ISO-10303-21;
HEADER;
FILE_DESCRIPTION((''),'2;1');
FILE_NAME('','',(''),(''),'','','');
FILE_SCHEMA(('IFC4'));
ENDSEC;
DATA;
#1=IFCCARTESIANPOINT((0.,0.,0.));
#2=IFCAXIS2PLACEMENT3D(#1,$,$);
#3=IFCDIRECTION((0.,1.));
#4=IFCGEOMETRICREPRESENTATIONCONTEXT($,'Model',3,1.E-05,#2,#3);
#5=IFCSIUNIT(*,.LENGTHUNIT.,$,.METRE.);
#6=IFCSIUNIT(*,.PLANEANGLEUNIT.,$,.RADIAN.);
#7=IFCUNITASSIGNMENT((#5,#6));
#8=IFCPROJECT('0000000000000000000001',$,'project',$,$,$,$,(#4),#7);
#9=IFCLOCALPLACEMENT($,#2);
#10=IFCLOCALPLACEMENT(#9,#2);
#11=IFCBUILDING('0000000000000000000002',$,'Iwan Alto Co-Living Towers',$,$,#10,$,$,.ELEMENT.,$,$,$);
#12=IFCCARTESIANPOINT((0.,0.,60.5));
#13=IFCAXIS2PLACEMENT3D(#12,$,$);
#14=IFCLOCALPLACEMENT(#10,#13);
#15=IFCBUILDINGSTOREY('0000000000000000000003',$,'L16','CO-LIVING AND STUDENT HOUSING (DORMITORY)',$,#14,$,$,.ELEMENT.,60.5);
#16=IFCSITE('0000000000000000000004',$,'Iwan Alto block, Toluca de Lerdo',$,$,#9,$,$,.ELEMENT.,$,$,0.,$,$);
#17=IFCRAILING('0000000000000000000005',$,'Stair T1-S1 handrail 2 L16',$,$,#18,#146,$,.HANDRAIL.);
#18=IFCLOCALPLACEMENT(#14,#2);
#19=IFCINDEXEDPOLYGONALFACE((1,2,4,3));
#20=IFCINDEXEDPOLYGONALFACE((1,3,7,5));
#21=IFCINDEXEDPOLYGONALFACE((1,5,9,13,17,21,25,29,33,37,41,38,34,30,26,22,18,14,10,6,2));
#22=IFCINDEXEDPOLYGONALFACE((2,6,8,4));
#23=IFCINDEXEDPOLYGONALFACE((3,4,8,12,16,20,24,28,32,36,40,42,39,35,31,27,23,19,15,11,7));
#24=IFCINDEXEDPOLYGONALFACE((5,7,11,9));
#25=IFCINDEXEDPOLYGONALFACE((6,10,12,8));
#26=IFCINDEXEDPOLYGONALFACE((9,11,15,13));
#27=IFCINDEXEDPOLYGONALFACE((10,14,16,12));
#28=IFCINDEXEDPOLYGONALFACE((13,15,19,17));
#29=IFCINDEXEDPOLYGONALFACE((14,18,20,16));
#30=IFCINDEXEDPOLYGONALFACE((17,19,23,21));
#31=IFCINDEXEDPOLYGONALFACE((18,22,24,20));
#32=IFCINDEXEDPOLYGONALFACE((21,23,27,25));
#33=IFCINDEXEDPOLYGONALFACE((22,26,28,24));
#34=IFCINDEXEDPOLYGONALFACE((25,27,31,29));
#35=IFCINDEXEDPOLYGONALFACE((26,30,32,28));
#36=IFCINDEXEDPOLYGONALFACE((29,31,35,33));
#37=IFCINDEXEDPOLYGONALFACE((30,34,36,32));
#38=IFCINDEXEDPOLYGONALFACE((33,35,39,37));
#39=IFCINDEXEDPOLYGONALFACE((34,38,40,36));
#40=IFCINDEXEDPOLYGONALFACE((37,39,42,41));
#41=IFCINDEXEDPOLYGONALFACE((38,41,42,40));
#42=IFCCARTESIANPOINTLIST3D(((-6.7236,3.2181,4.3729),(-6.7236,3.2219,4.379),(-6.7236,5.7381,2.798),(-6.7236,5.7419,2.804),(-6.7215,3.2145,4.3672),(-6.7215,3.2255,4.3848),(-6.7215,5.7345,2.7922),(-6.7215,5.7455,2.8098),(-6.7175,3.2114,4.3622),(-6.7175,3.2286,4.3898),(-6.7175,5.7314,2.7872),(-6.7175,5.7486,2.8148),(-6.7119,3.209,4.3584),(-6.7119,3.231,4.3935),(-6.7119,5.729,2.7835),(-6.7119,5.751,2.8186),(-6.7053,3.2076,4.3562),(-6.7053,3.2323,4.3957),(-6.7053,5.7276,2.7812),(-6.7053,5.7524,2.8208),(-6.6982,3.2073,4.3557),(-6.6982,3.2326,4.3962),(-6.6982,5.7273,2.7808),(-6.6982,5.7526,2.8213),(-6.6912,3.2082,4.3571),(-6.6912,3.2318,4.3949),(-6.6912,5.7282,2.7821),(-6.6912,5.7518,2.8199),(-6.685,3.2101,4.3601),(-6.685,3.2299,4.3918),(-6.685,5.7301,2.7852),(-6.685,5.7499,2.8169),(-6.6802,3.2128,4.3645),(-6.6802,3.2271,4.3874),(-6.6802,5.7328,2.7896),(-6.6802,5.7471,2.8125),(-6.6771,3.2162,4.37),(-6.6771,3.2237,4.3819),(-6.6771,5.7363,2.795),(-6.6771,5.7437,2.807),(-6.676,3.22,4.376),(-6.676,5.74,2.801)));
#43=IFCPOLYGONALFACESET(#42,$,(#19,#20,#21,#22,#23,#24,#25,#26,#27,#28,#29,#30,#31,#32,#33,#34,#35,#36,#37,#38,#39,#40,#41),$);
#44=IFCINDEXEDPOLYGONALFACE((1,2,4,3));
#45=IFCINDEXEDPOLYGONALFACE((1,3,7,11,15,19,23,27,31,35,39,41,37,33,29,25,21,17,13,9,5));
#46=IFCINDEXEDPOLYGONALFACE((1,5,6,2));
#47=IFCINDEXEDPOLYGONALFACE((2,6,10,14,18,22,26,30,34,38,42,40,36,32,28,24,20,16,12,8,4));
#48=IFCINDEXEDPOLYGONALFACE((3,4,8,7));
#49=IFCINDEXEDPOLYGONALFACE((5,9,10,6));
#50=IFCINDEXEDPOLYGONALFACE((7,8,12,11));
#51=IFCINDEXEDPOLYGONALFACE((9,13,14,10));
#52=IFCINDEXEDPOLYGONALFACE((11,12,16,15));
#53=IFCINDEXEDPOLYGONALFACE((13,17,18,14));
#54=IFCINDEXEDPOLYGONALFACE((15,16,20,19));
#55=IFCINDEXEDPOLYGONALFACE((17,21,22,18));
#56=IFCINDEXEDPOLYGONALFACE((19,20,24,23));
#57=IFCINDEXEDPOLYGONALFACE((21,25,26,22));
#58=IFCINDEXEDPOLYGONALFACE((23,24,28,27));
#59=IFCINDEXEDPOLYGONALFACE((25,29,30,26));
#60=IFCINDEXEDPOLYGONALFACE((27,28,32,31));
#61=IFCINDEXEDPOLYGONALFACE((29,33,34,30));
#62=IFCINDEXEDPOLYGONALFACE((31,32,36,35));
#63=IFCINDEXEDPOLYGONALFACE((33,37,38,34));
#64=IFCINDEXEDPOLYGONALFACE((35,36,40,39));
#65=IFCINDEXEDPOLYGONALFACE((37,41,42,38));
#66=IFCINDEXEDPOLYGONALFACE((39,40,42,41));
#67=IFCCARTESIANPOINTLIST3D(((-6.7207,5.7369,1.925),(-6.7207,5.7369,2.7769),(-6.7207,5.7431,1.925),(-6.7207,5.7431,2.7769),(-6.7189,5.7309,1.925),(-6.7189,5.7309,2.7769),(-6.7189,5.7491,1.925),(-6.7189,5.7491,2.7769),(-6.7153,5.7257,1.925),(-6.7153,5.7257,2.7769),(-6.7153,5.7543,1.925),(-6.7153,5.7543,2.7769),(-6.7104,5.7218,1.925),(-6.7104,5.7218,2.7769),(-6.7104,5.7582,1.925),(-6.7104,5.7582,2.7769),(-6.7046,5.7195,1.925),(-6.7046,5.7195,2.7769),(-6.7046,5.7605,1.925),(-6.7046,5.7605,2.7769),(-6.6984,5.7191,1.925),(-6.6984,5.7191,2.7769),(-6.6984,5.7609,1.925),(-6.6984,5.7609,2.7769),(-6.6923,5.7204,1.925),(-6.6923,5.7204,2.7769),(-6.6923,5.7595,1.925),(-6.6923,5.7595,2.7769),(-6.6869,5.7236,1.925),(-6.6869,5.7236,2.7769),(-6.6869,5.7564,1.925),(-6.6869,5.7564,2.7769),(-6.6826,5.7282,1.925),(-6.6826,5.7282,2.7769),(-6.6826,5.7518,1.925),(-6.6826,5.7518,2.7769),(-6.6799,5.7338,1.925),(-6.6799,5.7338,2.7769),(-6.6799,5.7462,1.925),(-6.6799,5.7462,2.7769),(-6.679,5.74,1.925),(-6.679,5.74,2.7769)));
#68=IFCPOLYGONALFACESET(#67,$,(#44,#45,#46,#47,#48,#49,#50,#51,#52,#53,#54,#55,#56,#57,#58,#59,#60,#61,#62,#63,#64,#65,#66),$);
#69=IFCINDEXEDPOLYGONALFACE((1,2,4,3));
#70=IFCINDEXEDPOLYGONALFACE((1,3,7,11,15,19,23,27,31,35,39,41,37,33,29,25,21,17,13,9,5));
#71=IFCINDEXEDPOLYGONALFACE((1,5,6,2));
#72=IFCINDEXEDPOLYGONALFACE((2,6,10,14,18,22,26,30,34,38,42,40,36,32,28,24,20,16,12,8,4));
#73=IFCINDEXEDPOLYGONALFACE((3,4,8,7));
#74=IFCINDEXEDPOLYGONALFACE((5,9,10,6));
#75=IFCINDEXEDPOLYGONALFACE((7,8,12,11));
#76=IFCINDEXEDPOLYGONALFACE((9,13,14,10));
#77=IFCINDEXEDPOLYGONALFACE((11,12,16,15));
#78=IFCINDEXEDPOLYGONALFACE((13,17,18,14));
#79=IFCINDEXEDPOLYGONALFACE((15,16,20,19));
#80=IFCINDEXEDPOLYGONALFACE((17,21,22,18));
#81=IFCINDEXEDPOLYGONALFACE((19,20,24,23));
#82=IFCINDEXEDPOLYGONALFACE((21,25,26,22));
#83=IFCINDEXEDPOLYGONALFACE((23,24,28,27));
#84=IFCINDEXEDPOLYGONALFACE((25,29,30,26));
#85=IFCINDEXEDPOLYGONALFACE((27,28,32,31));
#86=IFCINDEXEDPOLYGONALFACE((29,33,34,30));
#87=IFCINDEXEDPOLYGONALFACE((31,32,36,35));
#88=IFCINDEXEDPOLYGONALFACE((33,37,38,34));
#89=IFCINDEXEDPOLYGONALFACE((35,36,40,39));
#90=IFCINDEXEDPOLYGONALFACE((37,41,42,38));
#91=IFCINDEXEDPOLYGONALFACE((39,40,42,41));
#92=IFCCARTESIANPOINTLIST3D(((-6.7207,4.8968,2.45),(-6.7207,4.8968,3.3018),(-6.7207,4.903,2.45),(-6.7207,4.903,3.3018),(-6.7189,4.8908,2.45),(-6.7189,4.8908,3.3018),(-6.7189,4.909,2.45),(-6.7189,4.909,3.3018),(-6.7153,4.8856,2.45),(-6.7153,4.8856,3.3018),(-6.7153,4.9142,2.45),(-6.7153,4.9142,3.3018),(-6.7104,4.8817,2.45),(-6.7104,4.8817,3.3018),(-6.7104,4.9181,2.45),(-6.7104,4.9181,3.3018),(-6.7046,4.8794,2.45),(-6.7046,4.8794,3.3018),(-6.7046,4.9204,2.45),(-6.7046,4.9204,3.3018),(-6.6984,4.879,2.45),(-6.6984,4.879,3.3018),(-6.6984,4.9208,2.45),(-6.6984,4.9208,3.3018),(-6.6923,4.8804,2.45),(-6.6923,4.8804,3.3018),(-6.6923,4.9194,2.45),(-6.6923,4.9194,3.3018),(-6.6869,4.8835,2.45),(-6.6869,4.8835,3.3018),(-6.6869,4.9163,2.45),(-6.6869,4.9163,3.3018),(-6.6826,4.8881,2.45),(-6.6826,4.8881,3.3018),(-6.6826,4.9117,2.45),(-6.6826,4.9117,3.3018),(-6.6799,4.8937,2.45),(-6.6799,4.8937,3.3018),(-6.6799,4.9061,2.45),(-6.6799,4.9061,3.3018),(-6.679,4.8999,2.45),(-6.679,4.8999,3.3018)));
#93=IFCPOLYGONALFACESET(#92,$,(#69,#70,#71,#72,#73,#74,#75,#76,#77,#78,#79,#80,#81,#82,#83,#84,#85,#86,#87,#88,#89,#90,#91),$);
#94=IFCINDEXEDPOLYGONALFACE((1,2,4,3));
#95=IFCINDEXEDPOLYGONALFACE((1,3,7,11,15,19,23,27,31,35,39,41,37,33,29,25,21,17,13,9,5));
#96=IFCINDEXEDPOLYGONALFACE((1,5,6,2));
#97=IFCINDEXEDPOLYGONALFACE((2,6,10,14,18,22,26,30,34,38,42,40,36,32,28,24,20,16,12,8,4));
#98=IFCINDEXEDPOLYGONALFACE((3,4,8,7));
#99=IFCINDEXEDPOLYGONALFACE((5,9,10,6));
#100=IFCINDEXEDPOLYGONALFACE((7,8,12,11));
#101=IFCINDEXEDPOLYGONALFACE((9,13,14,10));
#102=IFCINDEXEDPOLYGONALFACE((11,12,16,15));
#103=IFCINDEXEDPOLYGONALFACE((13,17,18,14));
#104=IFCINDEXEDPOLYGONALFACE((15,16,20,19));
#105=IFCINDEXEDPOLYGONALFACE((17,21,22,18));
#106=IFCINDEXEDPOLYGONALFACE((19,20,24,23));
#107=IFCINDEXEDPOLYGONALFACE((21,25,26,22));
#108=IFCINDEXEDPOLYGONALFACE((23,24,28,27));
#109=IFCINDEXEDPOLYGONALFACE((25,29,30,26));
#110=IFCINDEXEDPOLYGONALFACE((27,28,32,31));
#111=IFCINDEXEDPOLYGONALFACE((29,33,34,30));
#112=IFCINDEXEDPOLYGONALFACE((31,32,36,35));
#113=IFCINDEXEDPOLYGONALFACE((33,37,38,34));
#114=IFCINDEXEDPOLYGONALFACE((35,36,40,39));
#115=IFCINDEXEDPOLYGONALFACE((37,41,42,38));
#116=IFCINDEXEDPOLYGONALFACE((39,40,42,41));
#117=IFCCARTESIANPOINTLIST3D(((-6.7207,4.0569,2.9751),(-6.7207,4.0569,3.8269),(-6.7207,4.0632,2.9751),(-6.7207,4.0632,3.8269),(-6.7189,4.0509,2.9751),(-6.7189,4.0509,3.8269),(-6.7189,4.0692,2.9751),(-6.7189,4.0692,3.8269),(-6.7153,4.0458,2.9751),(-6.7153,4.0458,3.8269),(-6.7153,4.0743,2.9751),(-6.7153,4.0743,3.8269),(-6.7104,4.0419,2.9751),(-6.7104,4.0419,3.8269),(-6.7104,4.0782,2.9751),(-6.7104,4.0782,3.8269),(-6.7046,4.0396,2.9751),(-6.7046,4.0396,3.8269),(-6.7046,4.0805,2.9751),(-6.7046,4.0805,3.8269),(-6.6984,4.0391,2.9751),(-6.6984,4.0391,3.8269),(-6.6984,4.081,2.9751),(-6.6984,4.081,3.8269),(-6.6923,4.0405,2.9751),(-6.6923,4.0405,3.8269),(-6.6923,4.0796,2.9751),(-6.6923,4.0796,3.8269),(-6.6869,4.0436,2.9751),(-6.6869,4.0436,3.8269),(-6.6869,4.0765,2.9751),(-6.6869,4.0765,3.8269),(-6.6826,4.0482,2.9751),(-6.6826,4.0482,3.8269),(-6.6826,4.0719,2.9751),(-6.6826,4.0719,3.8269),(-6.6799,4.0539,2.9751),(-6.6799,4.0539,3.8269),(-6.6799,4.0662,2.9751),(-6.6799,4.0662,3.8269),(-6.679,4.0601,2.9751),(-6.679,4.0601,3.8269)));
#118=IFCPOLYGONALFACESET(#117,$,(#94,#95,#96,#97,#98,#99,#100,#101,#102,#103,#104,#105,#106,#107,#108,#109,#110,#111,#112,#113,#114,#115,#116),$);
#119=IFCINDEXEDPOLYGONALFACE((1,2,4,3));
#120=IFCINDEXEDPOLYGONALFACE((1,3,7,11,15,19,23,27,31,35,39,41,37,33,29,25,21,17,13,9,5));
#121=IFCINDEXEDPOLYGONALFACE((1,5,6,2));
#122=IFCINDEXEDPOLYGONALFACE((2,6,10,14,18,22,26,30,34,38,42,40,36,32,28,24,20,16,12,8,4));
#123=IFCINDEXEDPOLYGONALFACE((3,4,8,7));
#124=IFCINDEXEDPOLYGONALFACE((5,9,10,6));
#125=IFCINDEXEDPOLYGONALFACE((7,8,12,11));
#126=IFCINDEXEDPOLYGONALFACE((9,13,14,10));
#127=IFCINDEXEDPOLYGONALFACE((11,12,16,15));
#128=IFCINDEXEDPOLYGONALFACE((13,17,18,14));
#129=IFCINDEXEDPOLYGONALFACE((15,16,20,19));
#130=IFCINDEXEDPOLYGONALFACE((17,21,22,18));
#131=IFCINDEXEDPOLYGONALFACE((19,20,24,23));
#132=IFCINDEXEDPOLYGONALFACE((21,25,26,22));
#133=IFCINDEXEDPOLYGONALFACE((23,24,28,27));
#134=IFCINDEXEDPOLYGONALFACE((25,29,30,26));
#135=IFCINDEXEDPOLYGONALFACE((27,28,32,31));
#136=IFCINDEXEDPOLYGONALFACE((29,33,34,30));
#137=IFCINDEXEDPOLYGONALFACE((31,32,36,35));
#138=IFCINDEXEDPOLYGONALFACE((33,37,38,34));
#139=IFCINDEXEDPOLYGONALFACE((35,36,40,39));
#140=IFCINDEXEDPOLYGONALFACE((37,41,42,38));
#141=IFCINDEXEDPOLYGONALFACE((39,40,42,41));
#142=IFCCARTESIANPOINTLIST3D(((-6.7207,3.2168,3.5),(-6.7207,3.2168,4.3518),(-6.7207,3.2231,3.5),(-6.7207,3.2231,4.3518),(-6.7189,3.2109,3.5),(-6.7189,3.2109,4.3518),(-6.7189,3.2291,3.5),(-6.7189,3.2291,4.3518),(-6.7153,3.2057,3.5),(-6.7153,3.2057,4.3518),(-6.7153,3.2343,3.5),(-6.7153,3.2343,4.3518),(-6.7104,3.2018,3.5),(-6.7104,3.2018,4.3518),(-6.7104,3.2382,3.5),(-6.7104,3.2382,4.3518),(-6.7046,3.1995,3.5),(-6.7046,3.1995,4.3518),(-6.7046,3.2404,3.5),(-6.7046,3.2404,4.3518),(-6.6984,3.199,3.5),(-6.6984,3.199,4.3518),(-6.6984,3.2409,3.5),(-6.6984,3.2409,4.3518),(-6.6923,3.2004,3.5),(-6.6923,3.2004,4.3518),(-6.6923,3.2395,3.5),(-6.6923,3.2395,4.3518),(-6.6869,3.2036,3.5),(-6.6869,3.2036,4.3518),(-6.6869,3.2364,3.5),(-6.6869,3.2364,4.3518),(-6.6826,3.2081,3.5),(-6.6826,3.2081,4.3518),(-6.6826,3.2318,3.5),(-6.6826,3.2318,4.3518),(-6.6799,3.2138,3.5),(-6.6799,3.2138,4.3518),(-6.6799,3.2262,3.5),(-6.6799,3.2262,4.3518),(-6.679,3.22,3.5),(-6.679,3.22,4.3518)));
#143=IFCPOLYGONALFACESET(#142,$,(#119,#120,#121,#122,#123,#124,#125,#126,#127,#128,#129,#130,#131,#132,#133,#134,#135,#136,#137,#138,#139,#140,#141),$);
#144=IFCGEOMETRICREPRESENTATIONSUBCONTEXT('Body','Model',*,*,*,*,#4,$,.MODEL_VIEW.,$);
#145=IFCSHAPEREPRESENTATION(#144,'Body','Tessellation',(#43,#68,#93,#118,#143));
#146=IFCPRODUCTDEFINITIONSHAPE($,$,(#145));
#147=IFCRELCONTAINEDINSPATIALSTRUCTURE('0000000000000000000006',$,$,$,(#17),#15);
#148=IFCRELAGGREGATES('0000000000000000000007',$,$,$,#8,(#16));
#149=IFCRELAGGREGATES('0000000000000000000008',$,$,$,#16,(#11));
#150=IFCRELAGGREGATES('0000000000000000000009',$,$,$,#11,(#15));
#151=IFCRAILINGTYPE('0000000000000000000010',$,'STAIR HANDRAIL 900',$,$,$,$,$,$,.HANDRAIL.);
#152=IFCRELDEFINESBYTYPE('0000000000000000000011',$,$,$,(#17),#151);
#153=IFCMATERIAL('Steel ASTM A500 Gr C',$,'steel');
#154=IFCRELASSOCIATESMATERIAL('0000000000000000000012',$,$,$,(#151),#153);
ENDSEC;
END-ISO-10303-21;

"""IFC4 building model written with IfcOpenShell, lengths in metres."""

from ifc_helpers import new_model, si_unit, direction, frame, origin, origin_2d, place, context, subcontext, project, spatial, circle, extrude, material, type_object, element, save


model = new_model("IFC4")

# Units and contexts
model_context = context("Model", 3, precision=1e-05, world=origin(), true_north=direction((0.0, 1.0)))
body_context = subcontext(model_context, "Body", "Model", "MODEL_VIEW")
ifc_project = project(units=[si_unit("LENGTHUNIT", "METRE"), si_unit("PLANEANGLEUNIT", "RADIAN")], contexts=[model_context])

# Site, building, storey
site_placement = place(None, origin())
site = spatial("IfcSite", under=ifc_project, at=site_placement, Name="Iwan Alto block, Toluca de Lerdo", CompositionType="ELEMENT", RefElevation=0.0)
building_placement = place(site_placement, origin())
building = spatial("IfcBuilding", under=site, at=building_placement, Name="Iwan Alto Co-Living Towers", CompositionType="ELEMENT")
storey_placement = place(building_placement, frame((0.0, 0.0, 60.5)))
storey = spatial("IfcBuildingStorey", under=building, at=storey_placement, Name="L16", Description="CO-LIVING AND STUDENT HOUSING (DORMITORY)", CompositionType="ELEMENT", Elevation=60.5)

# Railing
ifc_material_1 = material(Name="Steel ASTM A500 Gr C", Category="steel")
railing_type_1 = type_object("IfcRailingType", Name="STAIR HANDRAIL 900", PredefinedType="HANDRAIL", material=ifc_material_1)
railing_1_placement = place(storey_placement, frame((-6.7, 5.74, 1.925)))
element("IfcRailing", 1, at=railing_1_placement, inside=storey, type_object=railing_type_1, Name="Stair T1-S1 handrail 2 L16", PredefinedType="HANDRAIL", context=body_context, shape_type="SweptSolid", body=[
    extrude(circle(Radius=0.0239, at=origin_2d()), frame((0.0, 0.0, 0.876), z_axis=(0.0, -0.848008, 0.529984), x_axis=(1.0, 0.0, 0.0)), (0.0, 0.0, 1.0), 2.9717),
    extrude(circle(Radius=0.021, at=origin_2d()), origin(), (0.0, 0.0, 1.0), 0.8518),
    extrude(circle(Radius=0.021, at=origin_2d()), frame((0.0, -0.8401, 0.5249)), (0.0, 0.0, 1.0), 0.8518),
    extrude(circle(Radius=0.021, at=origin_2d()), frame((0.0, -1.6799, 1.05)), (0.0, 0.0, 1.0), 0.8518),
    extrude(circle(Radius=0.021, at=origin_2d()), frame((0.0, -2.52, 1.575)), (0.0, 0.0, 1.0), 0.8518),
])

save(model, "model.ifc")
